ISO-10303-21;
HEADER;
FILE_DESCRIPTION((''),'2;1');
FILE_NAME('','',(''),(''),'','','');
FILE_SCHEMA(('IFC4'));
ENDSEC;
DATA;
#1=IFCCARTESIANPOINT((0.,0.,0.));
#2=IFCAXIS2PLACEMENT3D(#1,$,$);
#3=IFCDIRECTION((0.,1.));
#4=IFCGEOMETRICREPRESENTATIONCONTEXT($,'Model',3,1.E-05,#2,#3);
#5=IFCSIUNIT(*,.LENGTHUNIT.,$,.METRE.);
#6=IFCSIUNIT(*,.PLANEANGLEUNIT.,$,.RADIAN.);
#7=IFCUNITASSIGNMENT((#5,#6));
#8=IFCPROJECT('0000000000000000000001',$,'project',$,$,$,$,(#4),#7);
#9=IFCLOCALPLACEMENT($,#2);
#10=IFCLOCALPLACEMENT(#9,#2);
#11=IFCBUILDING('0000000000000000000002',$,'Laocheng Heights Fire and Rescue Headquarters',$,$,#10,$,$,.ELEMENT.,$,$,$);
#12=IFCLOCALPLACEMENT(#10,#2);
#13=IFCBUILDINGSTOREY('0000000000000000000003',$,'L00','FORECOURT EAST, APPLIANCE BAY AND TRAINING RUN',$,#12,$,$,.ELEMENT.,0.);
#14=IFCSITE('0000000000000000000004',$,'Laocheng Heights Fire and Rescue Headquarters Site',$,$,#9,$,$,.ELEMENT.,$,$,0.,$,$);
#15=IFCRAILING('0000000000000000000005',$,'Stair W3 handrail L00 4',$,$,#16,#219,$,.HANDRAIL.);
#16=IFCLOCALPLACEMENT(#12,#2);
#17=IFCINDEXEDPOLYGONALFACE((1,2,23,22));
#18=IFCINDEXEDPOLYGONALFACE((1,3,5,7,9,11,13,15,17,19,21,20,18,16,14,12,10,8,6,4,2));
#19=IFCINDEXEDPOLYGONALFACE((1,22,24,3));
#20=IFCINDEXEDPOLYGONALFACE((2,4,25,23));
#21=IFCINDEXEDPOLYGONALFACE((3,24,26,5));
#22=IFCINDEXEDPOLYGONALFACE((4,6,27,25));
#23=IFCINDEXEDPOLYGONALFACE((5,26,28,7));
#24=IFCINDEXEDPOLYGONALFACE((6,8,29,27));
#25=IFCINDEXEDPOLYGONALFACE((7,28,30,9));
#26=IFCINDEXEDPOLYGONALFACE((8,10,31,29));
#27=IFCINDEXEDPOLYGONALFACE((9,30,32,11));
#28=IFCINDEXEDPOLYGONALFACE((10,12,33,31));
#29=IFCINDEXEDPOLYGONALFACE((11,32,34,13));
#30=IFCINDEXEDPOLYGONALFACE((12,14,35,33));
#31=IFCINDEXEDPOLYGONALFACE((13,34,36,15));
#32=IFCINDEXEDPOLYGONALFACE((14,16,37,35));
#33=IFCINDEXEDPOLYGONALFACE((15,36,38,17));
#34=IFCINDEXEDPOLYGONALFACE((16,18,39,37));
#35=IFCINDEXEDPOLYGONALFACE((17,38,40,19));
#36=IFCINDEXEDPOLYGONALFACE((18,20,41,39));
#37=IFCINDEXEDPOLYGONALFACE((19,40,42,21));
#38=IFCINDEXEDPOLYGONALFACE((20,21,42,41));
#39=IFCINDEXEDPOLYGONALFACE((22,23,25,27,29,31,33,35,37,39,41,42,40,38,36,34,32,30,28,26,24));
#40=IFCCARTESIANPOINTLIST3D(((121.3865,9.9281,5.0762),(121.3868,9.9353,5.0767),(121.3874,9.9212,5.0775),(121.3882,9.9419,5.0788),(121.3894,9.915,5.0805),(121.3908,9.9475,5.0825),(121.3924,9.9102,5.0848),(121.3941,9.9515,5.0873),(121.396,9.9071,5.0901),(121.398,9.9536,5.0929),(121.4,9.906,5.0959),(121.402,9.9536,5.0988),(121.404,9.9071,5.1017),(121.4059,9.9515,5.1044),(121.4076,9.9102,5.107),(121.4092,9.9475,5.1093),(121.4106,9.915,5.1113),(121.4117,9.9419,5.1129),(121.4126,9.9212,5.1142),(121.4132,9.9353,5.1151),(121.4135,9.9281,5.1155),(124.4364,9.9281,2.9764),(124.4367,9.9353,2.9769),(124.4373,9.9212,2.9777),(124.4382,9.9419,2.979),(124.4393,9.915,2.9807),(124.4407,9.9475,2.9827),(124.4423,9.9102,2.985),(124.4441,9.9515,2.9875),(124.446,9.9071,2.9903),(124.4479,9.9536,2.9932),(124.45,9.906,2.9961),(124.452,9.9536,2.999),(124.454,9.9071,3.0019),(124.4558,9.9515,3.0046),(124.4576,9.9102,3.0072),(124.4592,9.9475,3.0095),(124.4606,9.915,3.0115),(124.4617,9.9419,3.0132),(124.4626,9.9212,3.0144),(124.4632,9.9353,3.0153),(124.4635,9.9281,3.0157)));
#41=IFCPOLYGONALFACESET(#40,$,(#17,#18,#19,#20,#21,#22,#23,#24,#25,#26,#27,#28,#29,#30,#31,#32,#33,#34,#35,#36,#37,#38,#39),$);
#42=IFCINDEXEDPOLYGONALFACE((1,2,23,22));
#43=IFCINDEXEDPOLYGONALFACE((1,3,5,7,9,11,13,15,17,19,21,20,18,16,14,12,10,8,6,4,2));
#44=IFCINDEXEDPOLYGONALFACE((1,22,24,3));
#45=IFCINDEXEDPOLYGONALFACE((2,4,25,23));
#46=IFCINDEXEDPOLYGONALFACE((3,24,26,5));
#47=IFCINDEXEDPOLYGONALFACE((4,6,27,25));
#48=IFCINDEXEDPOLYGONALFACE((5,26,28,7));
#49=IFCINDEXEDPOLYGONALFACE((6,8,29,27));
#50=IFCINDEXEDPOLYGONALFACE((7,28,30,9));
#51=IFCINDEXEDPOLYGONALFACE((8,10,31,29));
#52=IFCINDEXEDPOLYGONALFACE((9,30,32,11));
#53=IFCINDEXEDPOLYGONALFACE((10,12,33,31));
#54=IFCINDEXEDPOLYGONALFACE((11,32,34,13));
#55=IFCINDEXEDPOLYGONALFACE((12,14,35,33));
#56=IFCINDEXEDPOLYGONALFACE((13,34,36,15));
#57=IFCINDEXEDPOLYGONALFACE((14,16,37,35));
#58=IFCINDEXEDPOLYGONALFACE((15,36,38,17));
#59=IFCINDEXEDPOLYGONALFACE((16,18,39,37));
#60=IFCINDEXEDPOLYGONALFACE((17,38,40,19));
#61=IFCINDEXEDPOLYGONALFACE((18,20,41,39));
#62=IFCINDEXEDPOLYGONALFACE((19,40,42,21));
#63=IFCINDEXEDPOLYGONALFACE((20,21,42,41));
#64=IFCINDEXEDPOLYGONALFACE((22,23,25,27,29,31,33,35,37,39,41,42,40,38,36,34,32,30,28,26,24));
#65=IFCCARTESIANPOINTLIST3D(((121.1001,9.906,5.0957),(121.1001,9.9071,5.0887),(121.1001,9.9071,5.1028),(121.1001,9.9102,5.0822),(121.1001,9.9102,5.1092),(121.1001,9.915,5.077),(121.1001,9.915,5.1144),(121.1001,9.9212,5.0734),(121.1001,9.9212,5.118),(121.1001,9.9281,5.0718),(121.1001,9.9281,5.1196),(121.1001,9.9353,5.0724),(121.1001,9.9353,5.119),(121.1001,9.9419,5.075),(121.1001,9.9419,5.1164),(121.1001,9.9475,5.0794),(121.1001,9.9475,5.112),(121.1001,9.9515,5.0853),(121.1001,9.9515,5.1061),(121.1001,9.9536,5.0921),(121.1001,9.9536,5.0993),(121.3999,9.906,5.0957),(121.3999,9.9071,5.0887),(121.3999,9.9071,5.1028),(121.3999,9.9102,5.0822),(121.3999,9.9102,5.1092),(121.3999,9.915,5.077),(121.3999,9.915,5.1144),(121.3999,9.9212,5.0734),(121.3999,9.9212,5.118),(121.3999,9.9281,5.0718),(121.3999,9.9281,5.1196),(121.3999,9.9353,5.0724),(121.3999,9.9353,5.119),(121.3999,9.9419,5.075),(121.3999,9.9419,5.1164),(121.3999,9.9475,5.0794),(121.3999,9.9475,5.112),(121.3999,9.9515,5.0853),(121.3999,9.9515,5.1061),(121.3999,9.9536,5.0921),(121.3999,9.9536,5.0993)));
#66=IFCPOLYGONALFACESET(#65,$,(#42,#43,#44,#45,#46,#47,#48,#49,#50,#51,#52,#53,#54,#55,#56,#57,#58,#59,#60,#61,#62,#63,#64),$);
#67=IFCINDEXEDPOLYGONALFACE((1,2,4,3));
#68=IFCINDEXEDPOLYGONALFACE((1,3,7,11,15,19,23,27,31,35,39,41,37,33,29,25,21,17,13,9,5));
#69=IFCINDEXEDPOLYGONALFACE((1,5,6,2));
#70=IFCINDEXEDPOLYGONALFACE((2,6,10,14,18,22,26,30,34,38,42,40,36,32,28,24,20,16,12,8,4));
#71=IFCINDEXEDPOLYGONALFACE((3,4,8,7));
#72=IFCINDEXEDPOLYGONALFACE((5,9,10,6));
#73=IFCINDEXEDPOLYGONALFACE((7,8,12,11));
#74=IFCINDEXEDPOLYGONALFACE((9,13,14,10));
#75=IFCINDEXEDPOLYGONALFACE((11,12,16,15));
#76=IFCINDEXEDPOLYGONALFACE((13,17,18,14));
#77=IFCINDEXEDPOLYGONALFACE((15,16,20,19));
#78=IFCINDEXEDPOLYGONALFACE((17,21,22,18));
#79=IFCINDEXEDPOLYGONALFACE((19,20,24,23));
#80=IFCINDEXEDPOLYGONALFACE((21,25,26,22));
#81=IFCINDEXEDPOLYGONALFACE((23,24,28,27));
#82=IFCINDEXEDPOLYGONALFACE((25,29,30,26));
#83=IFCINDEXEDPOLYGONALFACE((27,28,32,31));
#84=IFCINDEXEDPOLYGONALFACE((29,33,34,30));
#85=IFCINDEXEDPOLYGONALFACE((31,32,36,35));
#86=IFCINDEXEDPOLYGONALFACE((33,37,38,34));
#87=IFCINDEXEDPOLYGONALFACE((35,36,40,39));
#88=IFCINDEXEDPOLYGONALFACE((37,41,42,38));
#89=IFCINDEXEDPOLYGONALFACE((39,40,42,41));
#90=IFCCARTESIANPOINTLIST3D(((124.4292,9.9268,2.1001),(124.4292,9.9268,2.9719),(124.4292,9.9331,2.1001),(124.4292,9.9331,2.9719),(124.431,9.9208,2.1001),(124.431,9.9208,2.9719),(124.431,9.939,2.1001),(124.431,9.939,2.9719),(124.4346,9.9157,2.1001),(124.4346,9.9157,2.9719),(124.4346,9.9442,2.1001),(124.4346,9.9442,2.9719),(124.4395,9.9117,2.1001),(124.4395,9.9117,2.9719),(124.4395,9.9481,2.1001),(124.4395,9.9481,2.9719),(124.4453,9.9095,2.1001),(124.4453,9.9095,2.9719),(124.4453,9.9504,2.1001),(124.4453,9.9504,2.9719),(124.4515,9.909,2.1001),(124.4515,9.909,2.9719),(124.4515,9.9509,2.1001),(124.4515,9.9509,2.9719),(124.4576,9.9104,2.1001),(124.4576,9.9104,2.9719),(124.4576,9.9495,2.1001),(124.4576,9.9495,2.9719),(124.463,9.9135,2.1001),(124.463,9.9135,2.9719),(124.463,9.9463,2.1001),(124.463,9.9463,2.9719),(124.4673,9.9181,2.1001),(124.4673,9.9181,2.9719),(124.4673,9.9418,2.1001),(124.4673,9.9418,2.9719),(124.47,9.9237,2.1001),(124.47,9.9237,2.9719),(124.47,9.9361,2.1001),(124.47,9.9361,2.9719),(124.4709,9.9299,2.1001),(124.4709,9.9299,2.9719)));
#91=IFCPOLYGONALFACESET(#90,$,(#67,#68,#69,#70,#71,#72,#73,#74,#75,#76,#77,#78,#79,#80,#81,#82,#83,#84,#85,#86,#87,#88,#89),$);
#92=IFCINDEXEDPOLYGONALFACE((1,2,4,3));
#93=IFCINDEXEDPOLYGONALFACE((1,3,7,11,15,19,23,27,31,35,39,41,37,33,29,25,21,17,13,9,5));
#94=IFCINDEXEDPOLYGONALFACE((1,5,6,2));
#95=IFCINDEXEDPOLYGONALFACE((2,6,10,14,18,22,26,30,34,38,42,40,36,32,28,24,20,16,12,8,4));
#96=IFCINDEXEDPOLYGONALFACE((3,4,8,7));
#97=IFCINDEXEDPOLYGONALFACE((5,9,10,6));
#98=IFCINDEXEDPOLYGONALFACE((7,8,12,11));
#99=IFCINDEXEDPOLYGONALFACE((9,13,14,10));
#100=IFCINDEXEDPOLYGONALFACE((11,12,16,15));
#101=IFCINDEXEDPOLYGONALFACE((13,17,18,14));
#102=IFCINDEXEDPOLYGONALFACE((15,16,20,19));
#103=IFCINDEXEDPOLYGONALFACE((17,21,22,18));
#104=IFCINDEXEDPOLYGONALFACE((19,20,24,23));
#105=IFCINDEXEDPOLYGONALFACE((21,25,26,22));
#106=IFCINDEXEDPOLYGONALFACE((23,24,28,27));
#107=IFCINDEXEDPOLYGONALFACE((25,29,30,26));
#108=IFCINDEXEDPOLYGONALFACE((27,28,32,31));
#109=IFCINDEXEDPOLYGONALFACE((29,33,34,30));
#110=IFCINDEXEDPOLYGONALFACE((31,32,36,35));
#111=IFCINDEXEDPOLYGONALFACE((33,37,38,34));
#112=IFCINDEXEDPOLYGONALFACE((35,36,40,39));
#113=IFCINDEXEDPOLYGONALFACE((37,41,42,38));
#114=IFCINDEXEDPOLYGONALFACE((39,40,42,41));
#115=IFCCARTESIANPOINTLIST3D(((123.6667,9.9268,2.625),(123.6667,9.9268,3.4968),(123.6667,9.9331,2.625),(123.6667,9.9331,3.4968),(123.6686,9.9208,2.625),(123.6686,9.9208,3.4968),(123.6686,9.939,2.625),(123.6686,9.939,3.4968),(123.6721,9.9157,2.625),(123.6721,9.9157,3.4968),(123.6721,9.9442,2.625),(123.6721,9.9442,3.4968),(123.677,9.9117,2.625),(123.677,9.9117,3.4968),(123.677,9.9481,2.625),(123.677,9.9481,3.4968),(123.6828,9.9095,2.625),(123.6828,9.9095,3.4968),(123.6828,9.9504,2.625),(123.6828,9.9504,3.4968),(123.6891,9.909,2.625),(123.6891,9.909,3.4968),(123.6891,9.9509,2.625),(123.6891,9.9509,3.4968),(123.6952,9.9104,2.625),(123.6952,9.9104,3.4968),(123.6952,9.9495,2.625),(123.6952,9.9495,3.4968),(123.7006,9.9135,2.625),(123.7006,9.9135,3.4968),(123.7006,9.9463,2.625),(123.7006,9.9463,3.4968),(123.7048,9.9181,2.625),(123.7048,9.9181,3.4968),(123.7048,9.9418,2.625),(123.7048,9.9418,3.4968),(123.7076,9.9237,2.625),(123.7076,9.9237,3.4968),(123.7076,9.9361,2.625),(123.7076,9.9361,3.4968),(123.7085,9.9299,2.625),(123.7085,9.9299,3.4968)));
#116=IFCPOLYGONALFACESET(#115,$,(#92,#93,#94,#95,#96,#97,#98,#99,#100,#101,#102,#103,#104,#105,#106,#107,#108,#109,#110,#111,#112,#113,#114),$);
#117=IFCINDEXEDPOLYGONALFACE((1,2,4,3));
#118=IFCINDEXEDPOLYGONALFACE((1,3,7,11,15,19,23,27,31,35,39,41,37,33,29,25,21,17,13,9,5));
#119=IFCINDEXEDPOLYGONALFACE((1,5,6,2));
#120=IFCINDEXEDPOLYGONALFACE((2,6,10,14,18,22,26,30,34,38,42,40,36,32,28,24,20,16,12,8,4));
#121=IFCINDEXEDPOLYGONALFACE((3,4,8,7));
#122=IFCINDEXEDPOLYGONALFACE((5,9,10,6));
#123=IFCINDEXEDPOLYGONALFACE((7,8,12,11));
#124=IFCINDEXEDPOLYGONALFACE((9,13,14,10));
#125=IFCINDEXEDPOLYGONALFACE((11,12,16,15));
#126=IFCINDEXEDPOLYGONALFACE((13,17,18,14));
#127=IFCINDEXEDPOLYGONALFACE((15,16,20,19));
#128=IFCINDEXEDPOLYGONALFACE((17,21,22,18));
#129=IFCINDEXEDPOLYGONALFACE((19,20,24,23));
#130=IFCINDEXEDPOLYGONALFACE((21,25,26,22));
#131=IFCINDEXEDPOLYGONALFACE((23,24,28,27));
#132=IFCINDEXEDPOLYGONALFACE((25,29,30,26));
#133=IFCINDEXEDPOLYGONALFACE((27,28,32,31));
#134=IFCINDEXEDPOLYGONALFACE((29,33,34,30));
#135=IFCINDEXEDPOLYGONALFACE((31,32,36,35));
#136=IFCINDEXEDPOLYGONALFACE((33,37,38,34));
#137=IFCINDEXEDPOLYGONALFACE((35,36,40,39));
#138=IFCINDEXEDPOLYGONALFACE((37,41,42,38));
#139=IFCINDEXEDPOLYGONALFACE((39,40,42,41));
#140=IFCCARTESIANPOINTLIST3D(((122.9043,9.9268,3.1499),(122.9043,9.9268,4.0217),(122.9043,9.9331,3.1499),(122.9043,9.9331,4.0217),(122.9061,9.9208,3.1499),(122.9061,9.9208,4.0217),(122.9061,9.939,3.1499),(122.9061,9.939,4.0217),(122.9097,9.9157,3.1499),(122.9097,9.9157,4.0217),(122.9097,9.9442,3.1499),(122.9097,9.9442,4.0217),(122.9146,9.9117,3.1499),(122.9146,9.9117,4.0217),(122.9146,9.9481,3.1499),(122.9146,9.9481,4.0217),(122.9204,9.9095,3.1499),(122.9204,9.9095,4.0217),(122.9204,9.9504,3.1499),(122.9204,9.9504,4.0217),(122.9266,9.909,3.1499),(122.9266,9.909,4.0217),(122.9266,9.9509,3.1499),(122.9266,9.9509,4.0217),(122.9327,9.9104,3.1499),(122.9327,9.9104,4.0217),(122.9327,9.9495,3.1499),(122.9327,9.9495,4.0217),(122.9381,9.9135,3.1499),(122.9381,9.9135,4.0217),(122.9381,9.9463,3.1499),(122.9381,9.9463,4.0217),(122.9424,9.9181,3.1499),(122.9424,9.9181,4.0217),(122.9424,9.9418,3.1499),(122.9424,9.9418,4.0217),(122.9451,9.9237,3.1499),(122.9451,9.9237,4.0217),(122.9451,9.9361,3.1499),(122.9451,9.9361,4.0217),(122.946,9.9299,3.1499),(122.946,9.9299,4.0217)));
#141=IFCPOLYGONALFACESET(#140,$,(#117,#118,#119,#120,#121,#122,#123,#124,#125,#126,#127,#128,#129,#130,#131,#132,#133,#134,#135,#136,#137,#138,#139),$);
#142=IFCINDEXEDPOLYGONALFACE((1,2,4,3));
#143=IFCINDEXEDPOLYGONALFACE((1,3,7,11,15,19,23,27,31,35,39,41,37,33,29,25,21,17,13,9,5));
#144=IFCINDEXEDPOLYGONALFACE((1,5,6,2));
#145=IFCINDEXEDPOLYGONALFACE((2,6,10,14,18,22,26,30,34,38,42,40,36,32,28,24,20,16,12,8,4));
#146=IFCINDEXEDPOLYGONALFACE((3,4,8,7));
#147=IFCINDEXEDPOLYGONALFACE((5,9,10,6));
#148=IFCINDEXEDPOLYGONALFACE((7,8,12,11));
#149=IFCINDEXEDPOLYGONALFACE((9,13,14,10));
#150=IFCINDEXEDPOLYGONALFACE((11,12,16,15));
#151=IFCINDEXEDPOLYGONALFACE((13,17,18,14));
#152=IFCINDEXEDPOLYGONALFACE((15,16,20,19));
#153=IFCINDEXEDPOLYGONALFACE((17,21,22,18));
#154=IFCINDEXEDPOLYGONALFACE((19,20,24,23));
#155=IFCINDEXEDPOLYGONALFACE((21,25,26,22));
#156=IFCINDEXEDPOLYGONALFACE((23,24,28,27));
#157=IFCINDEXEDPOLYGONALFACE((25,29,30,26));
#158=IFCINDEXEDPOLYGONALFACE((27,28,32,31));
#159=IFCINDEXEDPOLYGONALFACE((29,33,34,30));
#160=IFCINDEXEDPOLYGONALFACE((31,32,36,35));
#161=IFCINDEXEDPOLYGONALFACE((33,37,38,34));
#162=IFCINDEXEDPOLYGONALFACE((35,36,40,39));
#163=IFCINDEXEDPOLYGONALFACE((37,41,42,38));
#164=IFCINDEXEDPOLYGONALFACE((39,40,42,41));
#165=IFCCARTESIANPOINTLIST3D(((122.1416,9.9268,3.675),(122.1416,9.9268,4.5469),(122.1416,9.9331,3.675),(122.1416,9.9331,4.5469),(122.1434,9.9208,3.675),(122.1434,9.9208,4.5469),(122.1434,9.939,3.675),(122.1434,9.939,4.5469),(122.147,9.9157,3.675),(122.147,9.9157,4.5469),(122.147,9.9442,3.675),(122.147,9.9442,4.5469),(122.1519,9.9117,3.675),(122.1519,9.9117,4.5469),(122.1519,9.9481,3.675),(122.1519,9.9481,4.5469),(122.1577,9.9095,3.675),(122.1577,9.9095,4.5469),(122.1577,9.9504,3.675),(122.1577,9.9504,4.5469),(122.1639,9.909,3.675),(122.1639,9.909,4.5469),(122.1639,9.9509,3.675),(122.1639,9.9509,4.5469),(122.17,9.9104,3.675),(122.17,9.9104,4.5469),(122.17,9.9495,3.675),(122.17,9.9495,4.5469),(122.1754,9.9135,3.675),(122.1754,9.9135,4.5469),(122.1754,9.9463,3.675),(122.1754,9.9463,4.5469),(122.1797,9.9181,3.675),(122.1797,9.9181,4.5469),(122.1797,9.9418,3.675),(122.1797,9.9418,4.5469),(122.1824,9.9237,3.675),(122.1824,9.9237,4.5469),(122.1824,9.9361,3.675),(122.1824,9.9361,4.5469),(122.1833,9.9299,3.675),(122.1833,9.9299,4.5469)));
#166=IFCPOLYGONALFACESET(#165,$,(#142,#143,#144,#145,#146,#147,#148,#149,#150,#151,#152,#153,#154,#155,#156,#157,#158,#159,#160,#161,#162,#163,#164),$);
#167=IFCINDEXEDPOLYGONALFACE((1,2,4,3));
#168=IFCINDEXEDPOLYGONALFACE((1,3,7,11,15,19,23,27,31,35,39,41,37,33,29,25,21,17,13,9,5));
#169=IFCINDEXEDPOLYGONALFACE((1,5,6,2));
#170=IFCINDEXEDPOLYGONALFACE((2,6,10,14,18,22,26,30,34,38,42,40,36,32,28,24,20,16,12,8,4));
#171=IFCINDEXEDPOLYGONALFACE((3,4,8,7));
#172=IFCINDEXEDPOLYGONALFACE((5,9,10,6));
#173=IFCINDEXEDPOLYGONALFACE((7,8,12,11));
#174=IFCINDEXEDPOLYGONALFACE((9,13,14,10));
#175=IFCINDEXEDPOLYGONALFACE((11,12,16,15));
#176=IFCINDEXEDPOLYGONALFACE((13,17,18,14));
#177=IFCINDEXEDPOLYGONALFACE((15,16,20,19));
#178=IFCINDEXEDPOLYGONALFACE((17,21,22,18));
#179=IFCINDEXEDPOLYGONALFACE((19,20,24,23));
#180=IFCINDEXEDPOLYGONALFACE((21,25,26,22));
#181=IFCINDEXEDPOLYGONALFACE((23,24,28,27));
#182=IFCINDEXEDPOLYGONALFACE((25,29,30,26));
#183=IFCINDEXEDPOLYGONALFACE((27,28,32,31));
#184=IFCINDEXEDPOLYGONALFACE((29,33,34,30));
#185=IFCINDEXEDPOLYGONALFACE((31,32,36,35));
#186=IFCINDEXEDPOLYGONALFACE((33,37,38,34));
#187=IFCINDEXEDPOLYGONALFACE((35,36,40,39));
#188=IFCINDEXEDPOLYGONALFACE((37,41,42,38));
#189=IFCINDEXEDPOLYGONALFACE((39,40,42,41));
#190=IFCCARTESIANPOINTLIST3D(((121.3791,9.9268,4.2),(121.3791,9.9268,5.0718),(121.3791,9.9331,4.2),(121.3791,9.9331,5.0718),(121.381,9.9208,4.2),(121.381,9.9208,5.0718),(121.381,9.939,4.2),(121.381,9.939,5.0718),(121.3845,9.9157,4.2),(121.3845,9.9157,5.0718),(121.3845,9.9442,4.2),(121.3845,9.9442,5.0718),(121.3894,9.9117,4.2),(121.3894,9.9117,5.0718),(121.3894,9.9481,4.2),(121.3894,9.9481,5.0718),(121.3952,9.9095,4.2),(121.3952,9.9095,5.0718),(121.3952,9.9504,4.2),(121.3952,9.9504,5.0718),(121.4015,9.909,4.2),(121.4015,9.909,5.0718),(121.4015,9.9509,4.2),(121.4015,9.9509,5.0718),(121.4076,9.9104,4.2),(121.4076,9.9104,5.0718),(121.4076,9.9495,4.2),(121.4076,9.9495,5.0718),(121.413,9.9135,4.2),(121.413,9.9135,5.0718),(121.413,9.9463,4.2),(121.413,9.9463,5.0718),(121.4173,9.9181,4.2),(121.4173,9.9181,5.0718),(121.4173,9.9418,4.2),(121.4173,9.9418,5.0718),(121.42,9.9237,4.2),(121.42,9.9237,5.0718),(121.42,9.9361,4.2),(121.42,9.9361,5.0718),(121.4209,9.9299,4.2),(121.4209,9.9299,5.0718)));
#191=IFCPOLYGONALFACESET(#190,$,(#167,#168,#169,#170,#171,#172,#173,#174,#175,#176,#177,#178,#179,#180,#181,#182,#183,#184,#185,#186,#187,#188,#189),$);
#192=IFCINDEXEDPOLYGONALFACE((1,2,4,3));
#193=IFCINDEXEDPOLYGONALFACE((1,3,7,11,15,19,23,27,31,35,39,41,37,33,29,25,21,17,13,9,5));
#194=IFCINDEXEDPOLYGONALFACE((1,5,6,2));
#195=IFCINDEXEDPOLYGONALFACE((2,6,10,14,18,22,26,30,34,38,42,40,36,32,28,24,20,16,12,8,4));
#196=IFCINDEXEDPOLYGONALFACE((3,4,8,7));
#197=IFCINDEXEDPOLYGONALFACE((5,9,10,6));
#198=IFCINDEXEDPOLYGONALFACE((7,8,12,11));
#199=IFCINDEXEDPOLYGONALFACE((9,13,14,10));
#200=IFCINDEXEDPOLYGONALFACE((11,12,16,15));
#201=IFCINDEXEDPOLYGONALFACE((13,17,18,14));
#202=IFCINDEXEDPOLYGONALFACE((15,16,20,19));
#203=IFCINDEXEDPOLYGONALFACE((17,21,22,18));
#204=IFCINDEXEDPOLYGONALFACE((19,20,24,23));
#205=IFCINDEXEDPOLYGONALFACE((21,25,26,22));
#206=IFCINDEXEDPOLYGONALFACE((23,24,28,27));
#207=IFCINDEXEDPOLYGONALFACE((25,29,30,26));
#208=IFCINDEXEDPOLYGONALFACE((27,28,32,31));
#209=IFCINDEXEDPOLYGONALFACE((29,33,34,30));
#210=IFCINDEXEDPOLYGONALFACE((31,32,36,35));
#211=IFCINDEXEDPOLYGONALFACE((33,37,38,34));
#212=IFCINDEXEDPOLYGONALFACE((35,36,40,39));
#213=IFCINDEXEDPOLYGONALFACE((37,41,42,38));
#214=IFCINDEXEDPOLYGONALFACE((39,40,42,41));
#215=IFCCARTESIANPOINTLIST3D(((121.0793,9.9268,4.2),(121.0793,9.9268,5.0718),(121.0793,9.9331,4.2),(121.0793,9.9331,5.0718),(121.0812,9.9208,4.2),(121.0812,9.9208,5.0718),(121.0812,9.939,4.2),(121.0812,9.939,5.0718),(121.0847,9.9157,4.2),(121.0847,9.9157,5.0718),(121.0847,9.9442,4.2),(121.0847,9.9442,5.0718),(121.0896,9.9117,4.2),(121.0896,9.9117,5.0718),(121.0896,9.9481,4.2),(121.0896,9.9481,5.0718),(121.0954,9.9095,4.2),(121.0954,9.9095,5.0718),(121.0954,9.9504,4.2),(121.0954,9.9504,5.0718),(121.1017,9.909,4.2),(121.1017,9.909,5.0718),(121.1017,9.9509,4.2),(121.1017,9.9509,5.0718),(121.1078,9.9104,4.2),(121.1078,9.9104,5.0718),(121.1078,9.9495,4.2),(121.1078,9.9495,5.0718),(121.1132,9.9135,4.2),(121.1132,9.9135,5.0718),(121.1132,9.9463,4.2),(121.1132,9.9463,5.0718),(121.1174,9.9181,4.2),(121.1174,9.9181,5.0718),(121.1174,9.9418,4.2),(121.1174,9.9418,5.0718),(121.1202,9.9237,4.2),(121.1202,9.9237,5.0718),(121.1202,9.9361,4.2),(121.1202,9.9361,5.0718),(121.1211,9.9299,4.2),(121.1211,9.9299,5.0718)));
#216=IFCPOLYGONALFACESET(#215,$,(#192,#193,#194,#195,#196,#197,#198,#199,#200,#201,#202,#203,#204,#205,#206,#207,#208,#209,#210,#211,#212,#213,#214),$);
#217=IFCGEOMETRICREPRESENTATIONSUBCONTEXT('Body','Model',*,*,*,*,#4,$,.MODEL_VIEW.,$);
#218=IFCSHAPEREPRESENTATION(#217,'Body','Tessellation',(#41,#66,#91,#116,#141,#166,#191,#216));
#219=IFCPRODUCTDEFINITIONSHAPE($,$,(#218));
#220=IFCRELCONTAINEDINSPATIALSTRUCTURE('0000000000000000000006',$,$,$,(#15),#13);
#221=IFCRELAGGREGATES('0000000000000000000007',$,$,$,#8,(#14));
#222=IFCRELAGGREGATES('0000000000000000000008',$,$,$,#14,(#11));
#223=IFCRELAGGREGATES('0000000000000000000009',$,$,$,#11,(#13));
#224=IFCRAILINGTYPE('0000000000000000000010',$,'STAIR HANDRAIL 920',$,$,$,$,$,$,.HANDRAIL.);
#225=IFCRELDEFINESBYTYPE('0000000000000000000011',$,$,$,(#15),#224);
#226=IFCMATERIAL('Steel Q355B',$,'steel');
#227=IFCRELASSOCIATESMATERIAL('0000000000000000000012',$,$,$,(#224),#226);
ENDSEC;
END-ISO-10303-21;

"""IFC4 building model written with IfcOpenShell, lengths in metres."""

from ifc_helpers import new_model, si_unit, direction, frame, origin, origin_2d, place, context, subcontext, project, spatial, circle, extrude, material, type_object, element, save


model = new_model("IFC4")

# Units and contexts
model_context = context("Model", 3, precision=1e-05, world=origin(), true_north=direction((0.0, 1.0)))
body_context = subcontext(model_context, "Body", "Model", "MODEL_VIEW")
ifc_project = project(units=[si_unit("LENGTHUNIT", "METRE"), si_unit("PLANEANGLEUNIT", "RADIAN")], contexts=[model_context])

# Site, building, storey
site_placement = place(None, origin())
site = spatial("IfcSite", under=ifc_project, at=site_placement, Name="Laocheng Heights Fire and Rescue Headquarters Site", CompositionType="ELEMENT", RefElevation=0.0)
building_placement = place(site_placement, origin())
building = spatial("IfcBuilding", under=site, at=building_placement, Name="Laocheng Heights Fire and Rescue Headquarters", CompositionType="ELEMENT")
storey_placement = place(building_placement, origin())
storey = spatial("IfcBuildingStorey", under=building, at=storey_placement, Name="L00", Description="FORECOURT EAST, APPLIANCE BAY AND TRAINING RUN", CompositionType="ELEMENT", Elevation=0.0)

# Railing
ifc_material_1 = material(Name="Steel Q355B", Category="steel")
railing_type_1 = type_object("IfcRailingType", Name="STAIR HANDRAIL 920", PredefinedType="HANDRAIL", material=ifc_material_1)
railing_1_placement = place(storey_placement, frame((124.45, 9.9299, 2.1001)))
element("IfcRailing", 1, at=railing_1_placement, inside=storey, type_object=railing_type_1, Name="Stair W3 handrail L00 4", PredefinedType="HANDRAIL", context=body_context, shape_type="SweptSolid", body=[
    extrude(circle(Radius=0.0239, at=origin_2d()), frame((0.0, 0.0, 0.896), z_axis=(-0.82367, 0.0, 0.567069), x_axis=(0.0, -1.0, 0.0)), (0.0, 0.0, 1.0), 3.7029),
    extrude(circle(Radius=0.0239, at=origin_2d()), frame((-3.05, 0.0, 2.9956), z_axis=(-1.0, 0.0, 0.0), x_axis=(0.0, -1.0, 0.0)), (0.0, 0.0, 1.0), 0.2998),
    extrude(circle(Radius=0.021, at=origin_2d()), origin(), (0.0, 0.0, 1.0), 0.8718),
    extrude(circle(Radius=0.021, at=origin_2d()), frame((-0.7625, 0.0, 0.5249)), (0.0, 0.0, 1.0), 0.8718),
    extrude(circle(Radius=0.021, at=origin_2d()), frame((-1.5249, 0.0, 1.0498)), (0.0, 0.0, 1.0), 0.8718),
    extrude(circle(Radius=0.021, at=origin_2d()), frame((-2.2876, 0.0, 1.575)), (0.0, 0.0, 1.0), 0.8718),
    extrude(circle(Radius=0.021, at=origin_2d()), frame((-3.05, 0.0, 2.0999)), (0.0, 0.0, 1.0), 0.8718),
    extrude(circle(Radius=0.021, at=origin_2d()), frame((-3.3499, 0.0, 2.0999)), (0.0, 0.0, 1.0), 0.8718),
])

save(model, "model.ifc")
